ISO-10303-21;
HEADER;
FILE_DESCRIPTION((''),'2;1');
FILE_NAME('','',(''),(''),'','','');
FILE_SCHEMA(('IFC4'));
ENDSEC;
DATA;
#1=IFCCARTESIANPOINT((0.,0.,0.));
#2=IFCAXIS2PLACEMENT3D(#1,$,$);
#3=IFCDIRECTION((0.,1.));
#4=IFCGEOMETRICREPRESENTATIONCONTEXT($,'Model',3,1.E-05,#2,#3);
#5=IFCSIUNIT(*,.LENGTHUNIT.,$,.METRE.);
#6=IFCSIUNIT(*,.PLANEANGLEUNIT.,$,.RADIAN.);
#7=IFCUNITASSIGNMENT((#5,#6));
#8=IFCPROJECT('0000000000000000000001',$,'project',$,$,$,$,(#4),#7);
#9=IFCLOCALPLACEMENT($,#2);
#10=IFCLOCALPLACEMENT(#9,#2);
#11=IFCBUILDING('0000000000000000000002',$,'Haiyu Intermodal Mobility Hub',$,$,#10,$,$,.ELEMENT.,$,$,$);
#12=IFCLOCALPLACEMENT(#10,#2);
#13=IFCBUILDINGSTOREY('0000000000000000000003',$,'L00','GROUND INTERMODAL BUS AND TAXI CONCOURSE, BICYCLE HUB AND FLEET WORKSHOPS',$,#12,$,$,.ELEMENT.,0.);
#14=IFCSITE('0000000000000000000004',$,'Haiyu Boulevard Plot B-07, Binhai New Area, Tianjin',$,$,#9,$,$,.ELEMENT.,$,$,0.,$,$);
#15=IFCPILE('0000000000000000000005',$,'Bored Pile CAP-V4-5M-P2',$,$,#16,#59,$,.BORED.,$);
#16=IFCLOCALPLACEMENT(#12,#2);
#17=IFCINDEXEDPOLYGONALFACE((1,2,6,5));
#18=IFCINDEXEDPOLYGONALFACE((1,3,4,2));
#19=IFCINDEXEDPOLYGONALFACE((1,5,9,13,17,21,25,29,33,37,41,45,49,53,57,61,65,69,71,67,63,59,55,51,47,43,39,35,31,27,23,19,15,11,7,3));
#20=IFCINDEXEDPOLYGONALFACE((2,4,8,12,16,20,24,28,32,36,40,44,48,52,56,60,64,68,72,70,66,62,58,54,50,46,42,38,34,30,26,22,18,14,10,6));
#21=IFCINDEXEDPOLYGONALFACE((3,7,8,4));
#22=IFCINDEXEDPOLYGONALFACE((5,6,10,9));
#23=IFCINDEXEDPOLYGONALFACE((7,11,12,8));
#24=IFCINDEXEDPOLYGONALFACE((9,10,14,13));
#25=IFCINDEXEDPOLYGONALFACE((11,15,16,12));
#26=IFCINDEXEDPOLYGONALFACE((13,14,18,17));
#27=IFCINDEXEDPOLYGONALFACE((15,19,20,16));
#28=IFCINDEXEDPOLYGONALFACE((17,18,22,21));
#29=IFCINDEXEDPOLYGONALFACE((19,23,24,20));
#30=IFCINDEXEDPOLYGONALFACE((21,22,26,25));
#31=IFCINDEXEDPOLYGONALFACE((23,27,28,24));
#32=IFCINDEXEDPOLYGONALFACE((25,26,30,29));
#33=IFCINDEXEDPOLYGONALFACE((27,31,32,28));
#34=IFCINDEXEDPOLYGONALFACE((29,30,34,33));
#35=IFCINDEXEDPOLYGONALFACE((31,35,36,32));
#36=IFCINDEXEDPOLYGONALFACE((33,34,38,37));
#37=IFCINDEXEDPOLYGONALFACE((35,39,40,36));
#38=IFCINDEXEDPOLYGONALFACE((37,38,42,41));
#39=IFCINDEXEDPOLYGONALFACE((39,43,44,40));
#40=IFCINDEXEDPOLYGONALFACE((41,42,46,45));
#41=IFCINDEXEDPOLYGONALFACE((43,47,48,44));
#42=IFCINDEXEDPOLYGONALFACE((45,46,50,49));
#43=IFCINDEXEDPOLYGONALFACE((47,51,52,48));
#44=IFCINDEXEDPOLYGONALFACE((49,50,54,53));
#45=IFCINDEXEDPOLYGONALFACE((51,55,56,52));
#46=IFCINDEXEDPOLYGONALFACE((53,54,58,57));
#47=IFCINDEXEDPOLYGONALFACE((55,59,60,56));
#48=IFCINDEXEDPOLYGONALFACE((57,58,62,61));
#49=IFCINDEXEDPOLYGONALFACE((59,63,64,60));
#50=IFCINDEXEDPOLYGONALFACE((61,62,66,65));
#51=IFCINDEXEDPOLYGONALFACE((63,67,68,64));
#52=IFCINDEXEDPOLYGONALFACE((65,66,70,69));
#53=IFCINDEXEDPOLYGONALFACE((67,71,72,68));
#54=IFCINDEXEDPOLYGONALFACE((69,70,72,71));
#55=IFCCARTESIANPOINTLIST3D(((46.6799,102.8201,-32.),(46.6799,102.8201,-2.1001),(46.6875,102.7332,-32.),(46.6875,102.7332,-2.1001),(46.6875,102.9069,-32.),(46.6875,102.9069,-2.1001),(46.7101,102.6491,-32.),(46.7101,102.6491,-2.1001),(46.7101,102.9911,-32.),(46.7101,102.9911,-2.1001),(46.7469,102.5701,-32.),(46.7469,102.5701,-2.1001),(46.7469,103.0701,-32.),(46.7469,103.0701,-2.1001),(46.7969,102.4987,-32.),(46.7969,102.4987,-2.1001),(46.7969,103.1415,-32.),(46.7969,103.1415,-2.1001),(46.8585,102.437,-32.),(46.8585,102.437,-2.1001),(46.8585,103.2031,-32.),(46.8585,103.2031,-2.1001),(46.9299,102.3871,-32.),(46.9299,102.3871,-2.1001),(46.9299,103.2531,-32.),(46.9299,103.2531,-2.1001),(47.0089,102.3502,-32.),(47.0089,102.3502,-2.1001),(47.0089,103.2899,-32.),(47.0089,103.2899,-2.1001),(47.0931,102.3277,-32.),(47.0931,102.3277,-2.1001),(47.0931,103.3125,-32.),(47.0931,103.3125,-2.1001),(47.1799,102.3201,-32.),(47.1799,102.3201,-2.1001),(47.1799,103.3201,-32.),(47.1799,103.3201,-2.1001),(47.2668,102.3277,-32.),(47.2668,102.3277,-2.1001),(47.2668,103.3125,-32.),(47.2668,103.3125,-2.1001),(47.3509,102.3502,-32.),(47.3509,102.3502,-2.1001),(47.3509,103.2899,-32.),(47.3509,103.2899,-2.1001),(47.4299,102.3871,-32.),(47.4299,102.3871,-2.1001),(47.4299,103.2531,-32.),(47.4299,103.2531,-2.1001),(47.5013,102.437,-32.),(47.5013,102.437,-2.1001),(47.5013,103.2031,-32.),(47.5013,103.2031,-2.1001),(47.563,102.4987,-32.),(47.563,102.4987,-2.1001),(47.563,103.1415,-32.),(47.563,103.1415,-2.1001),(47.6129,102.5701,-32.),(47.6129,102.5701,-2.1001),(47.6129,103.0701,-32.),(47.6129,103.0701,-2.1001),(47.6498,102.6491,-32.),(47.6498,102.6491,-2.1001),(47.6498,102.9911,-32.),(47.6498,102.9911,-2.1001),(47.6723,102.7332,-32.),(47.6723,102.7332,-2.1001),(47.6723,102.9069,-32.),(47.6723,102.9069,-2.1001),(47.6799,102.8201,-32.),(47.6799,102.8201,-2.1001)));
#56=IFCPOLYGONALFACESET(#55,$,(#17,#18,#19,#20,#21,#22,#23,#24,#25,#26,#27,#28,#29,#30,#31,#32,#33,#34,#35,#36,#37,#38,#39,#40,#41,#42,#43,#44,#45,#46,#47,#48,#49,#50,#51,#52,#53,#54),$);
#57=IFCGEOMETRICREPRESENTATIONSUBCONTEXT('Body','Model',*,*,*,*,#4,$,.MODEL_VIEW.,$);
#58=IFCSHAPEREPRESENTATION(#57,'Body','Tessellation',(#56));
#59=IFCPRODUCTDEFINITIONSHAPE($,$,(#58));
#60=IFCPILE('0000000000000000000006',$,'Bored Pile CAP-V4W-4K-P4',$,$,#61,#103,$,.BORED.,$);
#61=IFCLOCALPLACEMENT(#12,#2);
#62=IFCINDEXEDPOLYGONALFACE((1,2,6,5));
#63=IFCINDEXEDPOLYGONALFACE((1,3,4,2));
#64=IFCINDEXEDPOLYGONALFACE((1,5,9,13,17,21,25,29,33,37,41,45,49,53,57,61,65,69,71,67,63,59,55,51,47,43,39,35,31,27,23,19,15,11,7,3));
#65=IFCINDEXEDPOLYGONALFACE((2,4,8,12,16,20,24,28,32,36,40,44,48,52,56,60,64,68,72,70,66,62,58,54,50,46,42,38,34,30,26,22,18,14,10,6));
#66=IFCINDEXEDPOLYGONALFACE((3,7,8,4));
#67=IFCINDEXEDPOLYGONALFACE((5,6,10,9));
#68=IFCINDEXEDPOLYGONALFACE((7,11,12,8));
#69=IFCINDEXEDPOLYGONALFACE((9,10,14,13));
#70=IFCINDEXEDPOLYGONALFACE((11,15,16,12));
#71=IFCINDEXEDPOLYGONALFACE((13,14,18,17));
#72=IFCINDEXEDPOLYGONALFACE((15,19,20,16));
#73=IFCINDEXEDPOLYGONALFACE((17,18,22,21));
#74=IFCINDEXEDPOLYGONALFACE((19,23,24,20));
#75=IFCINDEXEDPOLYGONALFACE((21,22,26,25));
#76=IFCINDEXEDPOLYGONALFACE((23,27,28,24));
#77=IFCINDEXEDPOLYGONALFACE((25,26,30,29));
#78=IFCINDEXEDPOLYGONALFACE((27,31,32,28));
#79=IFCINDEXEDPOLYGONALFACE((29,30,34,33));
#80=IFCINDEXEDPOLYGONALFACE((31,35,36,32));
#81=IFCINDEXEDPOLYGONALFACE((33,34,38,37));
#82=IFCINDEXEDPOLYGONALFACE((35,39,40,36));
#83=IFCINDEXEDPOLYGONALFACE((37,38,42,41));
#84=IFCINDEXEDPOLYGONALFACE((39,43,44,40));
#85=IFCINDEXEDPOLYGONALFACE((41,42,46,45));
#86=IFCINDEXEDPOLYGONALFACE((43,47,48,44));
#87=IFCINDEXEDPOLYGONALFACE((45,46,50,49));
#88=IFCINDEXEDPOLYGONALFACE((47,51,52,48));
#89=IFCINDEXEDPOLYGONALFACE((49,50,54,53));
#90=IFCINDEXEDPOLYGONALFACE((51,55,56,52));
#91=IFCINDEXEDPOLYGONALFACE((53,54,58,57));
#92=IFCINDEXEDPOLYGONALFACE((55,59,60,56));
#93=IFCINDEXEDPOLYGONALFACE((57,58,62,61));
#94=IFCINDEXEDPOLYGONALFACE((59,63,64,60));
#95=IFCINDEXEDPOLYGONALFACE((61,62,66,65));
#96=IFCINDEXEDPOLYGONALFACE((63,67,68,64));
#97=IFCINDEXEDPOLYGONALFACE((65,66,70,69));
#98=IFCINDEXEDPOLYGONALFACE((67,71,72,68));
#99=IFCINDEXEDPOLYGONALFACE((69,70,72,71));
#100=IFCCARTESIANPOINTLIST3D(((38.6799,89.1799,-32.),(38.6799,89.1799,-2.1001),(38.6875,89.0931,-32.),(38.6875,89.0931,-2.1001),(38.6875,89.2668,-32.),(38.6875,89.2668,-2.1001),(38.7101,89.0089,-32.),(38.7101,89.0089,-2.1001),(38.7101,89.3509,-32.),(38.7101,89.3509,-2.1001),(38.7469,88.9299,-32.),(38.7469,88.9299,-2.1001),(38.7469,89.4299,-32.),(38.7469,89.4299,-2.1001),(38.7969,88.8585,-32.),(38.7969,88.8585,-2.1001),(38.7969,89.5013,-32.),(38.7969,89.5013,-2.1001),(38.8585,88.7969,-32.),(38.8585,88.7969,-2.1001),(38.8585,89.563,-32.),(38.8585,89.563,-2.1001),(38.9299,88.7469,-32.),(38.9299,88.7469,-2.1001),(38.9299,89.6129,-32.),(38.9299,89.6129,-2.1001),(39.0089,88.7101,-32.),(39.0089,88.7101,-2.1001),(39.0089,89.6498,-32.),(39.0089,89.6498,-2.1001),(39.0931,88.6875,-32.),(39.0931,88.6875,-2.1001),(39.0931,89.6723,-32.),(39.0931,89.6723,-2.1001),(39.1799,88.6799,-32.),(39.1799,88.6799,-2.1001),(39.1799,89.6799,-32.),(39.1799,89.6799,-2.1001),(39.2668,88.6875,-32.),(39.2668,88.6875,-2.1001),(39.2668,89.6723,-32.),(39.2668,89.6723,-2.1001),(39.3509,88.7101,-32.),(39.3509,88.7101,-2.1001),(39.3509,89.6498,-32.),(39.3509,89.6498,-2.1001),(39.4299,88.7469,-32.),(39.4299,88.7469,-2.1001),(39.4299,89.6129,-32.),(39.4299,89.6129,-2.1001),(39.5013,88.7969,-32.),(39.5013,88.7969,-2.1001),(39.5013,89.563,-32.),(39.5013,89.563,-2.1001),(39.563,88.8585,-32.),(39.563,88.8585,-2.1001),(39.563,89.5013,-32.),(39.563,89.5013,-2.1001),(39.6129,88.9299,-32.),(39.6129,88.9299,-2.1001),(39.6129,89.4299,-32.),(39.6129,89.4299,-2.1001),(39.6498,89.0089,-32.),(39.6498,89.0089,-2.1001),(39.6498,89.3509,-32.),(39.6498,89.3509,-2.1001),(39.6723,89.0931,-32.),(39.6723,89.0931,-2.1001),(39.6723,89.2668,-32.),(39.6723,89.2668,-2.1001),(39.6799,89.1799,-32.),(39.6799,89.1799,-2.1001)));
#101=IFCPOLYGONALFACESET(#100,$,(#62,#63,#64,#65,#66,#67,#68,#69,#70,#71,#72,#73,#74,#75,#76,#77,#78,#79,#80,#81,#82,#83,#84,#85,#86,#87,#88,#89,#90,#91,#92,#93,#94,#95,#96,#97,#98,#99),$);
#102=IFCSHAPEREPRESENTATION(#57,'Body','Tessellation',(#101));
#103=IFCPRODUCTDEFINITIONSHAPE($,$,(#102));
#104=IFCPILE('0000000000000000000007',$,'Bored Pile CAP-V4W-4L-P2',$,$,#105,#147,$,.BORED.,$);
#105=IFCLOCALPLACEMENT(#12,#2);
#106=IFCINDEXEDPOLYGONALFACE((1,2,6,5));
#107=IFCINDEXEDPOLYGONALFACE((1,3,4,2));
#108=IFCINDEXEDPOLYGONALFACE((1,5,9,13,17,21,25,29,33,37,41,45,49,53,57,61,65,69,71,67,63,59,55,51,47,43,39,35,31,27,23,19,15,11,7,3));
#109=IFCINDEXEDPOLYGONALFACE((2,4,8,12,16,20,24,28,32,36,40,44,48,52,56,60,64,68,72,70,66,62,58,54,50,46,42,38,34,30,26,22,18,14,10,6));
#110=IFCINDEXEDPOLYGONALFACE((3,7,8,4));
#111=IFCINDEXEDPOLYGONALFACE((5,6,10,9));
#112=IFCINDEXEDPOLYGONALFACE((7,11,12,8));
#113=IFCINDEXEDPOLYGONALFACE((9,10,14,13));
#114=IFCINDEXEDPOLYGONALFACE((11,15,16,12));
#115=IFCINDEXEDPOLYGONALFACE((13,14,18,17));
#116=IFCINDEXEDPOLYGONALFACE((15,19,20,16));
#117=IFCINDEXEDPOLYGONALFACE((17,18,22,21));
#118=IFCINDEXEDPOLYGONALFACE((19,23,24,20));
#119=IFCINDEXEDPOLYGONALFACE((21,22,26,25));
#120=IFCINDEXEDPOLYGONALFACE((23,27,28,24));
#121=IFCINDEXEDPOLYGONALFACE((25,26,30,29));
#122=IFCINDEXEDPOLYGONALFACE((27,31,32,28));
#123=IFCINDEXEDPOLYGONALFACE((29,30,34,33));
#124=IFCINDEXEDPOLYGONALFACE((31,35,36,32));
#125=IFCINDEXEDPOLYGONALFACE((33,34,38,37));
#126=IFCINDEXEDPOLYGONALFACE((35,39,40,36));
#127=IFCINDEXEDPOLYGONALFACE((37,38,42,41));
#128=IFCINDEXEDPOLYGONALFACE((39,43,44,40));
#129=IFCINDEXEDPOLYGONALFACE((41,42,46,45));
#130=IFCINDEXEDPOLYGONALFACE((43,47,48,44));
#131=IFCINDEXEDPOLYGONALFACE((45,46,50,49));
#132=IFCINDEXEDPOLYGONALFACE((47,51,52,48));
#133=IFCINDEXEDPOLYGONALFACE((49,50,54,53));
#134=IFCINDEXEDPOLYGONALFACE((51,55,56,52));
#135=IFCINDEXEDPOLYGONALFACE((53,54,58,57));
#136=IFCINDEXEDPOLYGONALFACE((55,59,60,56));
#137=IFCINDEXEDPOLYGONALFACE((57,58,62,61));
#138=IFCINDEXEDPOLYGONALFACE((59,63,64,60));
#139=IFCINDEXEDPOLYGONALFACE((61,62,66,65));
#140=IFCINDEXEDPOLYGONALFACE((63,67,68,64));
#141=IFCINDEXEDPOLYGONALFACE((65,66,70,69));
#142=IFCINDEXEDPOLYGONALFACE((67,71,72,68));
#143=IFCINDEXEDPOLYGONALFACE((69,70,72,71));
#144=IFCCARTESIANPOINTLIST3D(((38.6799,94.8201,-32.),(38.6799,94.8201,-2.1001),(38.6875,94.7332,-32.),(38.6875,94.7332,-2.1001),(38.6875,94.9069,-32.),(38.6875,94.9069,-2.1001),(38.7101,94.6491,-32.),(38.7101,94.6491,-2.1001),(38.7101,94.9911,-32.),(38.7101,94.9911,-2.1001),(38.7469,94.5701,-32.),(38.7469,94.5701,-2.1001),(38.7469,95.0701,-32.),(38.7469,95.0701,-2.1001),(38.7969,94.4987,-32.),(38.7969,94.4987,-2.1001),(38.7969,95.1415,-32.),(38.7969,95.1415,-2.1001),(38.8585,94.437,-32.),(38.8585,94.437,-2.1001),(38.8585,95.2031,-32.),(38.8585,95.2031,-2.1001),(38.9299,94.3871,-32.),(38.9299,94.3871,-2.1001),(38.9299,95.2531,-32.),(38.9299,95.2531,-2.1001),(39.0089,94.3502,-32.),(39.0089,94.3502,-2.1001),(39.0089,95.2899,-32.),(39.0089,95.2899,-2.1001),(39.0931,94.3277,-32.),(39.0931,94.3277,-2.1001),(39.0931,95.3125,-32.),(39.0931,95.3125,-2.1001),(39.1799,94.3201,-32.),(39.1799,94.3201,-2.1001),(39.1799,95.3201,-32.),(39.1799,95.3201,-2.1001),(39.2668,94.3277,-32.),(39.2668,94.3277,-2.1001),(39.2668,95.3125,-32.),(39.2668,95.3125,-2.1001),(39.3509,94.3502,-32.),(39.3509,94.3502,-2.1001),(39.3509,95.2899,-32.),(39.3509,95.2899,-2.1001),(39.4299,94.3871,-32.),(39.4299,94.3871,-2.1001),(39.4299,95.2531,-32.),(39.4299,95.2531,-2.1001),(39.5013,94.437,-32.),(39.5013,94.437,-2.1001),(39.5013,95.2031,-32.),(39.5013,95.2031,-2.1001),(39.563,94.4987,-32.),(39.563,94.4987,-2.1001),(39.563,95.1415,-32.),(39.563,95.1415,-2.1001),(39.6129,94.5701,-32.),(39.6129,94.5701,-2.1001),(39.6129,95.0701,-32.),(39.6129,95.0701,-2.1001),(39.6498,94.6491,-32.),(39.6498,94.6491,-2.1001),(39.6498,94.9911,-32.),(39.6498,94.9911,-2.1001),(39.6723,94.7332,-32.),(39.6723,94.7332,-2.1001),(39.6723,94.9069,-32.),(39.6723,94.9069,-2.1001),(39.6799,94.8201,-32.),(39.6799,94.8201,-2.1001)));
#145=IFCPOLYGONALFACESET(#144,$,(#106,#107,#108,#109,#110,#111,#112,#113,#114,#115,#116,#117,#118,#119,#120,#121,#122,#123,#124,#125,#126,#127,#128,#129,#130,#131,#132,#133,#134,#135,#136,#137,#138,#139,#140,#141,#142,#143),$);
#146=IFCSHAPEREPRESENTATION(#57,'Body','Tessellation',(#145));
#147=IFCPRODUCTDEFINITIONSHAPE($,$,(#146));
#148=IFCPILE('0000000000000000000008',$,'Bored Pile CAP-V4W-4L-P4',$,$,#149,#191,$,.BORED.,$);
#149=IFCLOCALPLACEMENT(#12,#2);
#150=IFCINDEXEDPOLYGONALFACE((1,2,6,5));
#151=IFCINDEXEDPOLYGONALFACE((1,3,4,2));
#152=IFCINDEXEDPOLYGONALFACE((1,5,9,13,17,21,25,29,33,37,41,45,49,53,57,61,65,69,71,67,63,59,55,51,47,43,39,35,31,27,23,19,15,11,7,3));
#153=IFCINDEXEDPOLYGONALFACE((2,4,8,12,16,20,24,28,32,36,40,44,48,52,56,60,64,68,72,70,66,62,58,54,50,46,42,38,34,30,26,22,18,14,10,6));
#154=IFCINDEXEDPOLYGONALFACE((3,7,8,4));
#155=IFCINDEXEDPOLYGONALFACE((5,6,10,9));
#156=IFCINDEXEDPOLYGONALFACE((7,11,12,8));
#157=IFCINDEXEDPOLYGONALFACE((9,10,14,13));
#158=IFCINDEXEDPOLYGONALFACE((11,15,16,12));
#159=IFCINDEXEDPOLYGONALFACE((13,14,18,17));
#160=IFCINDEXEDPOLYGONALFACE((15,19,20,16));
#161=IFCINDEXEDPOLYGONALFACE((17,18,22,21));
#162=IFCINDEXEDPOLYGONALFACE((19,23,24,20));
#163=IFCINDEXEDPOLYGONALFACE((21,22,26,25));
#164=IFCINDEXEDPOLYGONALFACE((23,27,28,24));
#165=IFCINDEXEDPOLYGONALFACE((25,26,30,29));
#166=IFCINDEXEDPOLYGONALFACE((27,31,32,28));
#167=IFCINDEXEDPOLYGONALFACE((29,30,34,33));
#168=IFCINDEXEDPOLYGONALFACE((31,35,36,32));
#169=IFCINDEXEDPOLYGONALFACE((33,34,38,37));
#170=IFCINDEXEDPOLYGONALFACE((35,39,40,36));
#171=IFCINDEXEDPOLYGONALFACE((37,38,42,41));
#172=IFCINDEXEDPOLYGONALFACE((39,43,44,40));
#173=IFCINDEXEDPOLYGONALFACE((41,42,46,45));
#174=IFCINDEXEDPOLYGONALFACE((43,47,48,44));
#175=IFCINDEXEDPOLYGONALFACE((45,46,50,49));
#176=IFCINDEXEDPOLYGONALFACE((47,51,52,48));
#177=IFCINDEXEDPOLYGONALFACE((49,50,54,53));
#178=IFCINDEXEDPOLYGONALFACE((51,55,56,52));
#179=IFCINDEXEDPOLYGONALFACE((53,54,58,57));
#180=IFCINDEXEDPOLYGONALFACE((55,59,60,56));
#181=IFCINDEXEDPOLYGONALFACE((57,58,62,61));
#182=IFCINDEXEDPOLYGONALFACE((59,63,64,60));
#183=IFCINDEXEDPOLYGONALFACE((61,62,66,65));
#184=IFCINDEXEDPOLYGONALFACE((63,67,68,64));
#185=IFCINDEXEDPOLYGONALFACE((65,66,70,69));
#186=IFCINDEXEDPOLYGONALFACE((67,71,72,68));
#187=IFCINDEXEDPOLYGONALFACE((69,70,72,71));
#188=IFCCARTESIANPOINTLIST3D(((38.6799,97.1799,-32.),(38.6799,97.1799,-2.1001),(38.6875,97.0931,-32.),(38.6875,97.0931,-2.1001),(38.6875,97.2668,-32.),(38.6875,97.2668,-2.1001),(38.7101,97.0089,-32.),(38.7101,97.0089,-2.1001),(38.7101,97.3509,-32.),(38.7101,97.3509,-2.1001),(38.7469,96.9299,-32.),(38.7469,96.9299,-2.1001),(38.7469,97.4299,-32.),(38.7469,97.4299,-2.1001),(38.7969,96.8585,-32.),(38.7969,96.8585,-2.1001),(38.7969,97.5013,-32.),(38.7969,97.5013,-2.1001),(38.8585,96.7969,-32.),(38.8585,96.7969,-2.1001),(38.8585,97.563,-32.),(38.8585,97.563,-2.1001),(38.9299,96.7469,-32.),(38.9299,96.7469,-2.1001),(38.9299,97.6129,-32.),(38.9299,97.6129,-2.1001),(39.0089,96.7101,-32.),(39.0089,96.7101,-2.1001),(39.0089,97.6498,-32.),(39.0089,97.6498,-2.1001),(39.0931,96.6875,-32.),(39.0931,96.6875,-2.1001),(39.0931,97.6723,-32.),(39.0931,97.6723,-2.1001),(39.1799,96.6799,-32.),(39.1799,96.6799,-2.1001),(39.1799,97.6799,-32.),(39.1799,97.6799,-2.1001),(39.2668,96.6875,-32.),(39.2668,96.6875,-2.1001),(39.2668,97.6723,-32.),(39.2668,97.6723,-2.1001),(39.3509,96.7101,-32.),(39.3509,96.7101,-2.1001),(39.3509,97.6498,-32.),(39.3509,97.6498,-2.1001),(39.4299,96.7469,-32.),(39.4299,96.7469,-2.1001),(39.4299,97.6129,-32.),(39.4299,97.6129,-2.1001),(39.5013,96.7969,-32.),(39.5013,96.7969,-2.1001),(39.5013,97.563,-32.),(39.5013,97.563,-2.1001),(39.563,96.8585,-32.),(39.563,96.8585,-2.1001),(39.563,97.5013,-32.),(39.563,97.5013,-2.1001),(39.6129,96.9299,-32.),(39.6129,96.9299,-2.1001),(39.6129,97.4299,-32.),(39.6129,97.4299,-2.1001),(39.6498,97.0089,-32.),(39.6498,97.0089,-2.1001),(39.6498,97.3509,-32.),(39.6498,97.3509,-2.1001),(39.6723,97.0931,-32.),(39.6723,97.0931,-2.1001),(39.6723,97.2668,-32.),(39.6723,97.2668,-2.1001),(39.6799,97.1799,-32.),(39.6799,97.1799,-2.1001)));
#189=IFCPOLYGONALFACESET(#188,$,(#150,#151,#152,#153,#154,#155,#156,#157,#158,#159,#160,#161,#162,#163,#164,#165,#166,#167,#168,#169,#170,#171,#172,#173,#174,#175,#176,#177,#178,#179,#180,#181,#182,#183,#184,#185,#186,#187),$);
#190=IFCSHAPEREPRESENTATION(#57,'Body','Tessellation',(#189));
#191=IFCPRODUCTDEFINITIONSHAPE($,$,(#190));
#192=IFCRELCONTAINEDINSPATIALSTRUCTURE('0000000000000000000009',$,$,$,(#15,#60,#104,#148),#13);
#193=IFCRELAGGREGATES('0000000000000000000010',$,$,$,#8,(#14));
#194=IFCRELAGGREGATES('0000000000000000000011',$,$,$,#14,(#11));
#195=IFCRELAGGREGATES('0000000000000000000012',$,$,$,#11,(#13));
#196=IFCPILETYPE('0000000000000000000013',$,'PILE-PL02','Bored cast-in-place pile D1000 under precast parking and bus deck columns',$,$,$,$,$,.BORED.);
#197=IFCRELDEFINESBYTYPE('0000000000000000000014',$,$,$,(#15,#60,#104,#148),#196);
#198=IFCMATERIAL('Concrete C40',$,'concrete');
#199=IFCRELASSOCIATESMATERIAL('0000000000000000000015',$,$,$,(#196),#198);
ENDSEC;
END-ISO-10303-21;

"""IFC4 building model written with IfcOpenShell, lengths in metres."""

from ifc_helpers import new_model, si_unit, direction, frame, origin, origin_2d, place, context, subcontext, project, spatial, circle, extrude, material, material_profile, profile_set, type_object, element, save


model = new_model("IFC4")

# Units and contexts
model_context = context("Model", 3, precision=1e-05, world=origin(), true_north=direction((0.0, 1.0)))
body_context = subcontext(model_context, "Body", "Model", "MODEL_VIEW")
ifc_project = project(units=[si_unit("LENGTHUNIT", "METRE"), si_unit("PLANEANGLEUNIT", "RADIAN")], contexts=[model_context])

# Site, building, storey
site_placement = place(None, origin())
site = spatial("IfcSite", under=ifc_project, at=site_placement, Name="Haiyu Boulevard Plot B-07, Binhai New Area, Tianjin", CompositionType="ELEMENT", RefElevation=0.0)
building_placement = place(site_placement, origin())
building = spatial("IfcBuilding", under=site, at=building_placement, Name="Haiyu Intermodal Mobility Hub", CompositionType="ELEMENT")
storey_placement = place(building_placement, origin())
storey = spatial("IfcBuildingStorey", under=building, at=storey_placement, Name="L00", Description="GROUND INTERMODAL BUS AND TAXI CONCOURSE, BICYCLE HUB AND FLEET WORKSHOPS", CompositionType="ELEMENT", Elevation=0.0)

# Shared definitions
ifc_material_1 = material(Name="Concrete C40", Category="concrete")

# Piles
ifc_material_profile_1 = material_profile(ifc_material_1, circle(Radius=0.5, at=origin_2d()), Name="PILE-D1000")
ifc_profile_set_1 = profile_set([ifc_material_profile_1], Name="Concrete C40")
pile_type = type_object("IfcPileType", Name="PILE-PL02", Description="Bored cast-in-place pile D1000 under precast parking and bus deck columns", PredefinedType="BORED", material=ifc_profile_set_1)
for number, where, z_axis, x_axis, name in (
    (1, (47.1799, 102.8201, -2.1001), (0.0, 0.0, -1.0), (1.0, 0.0, 0.0), "Bored Pile CAP-V4-5M-P2"),
    (2, (39.1799, 89.1799, -2.1001), (0.0, 0.0, -1.0), (1.0, 0.0, 0.0), "Bored Pile CAP-V4W-4K-P4"),
    (3, (39.1799, 94.8201, -2.1001), (0.0, 0.0, -1.0), (1.0, 0.0, 0.0), "Bored Pile CAP-V4W-4L-P2"),
    (4, (39.1799, 97.1799, -2.1001), (0.0, 0.0, -1.0), (1.0, 0.0, 0.0), "Bored Pile CAP-V4W-4L-P4"),
):
    element("IfcPile", number, at=place(storey_placement, frame(where, z_axis=z_axis, x_axis=x_axis)), inside=storey, type_object=pile_type, Name=name, PredefinedType="BORED", context=body_context, shape_type="SweptSolid", body=[
        extrude(circle(Radius=0.5, at=origin_2d()), origin(), (0.0, 0.0, 1.0), 29.8999),
    ])

save(model, "model.ifc")
